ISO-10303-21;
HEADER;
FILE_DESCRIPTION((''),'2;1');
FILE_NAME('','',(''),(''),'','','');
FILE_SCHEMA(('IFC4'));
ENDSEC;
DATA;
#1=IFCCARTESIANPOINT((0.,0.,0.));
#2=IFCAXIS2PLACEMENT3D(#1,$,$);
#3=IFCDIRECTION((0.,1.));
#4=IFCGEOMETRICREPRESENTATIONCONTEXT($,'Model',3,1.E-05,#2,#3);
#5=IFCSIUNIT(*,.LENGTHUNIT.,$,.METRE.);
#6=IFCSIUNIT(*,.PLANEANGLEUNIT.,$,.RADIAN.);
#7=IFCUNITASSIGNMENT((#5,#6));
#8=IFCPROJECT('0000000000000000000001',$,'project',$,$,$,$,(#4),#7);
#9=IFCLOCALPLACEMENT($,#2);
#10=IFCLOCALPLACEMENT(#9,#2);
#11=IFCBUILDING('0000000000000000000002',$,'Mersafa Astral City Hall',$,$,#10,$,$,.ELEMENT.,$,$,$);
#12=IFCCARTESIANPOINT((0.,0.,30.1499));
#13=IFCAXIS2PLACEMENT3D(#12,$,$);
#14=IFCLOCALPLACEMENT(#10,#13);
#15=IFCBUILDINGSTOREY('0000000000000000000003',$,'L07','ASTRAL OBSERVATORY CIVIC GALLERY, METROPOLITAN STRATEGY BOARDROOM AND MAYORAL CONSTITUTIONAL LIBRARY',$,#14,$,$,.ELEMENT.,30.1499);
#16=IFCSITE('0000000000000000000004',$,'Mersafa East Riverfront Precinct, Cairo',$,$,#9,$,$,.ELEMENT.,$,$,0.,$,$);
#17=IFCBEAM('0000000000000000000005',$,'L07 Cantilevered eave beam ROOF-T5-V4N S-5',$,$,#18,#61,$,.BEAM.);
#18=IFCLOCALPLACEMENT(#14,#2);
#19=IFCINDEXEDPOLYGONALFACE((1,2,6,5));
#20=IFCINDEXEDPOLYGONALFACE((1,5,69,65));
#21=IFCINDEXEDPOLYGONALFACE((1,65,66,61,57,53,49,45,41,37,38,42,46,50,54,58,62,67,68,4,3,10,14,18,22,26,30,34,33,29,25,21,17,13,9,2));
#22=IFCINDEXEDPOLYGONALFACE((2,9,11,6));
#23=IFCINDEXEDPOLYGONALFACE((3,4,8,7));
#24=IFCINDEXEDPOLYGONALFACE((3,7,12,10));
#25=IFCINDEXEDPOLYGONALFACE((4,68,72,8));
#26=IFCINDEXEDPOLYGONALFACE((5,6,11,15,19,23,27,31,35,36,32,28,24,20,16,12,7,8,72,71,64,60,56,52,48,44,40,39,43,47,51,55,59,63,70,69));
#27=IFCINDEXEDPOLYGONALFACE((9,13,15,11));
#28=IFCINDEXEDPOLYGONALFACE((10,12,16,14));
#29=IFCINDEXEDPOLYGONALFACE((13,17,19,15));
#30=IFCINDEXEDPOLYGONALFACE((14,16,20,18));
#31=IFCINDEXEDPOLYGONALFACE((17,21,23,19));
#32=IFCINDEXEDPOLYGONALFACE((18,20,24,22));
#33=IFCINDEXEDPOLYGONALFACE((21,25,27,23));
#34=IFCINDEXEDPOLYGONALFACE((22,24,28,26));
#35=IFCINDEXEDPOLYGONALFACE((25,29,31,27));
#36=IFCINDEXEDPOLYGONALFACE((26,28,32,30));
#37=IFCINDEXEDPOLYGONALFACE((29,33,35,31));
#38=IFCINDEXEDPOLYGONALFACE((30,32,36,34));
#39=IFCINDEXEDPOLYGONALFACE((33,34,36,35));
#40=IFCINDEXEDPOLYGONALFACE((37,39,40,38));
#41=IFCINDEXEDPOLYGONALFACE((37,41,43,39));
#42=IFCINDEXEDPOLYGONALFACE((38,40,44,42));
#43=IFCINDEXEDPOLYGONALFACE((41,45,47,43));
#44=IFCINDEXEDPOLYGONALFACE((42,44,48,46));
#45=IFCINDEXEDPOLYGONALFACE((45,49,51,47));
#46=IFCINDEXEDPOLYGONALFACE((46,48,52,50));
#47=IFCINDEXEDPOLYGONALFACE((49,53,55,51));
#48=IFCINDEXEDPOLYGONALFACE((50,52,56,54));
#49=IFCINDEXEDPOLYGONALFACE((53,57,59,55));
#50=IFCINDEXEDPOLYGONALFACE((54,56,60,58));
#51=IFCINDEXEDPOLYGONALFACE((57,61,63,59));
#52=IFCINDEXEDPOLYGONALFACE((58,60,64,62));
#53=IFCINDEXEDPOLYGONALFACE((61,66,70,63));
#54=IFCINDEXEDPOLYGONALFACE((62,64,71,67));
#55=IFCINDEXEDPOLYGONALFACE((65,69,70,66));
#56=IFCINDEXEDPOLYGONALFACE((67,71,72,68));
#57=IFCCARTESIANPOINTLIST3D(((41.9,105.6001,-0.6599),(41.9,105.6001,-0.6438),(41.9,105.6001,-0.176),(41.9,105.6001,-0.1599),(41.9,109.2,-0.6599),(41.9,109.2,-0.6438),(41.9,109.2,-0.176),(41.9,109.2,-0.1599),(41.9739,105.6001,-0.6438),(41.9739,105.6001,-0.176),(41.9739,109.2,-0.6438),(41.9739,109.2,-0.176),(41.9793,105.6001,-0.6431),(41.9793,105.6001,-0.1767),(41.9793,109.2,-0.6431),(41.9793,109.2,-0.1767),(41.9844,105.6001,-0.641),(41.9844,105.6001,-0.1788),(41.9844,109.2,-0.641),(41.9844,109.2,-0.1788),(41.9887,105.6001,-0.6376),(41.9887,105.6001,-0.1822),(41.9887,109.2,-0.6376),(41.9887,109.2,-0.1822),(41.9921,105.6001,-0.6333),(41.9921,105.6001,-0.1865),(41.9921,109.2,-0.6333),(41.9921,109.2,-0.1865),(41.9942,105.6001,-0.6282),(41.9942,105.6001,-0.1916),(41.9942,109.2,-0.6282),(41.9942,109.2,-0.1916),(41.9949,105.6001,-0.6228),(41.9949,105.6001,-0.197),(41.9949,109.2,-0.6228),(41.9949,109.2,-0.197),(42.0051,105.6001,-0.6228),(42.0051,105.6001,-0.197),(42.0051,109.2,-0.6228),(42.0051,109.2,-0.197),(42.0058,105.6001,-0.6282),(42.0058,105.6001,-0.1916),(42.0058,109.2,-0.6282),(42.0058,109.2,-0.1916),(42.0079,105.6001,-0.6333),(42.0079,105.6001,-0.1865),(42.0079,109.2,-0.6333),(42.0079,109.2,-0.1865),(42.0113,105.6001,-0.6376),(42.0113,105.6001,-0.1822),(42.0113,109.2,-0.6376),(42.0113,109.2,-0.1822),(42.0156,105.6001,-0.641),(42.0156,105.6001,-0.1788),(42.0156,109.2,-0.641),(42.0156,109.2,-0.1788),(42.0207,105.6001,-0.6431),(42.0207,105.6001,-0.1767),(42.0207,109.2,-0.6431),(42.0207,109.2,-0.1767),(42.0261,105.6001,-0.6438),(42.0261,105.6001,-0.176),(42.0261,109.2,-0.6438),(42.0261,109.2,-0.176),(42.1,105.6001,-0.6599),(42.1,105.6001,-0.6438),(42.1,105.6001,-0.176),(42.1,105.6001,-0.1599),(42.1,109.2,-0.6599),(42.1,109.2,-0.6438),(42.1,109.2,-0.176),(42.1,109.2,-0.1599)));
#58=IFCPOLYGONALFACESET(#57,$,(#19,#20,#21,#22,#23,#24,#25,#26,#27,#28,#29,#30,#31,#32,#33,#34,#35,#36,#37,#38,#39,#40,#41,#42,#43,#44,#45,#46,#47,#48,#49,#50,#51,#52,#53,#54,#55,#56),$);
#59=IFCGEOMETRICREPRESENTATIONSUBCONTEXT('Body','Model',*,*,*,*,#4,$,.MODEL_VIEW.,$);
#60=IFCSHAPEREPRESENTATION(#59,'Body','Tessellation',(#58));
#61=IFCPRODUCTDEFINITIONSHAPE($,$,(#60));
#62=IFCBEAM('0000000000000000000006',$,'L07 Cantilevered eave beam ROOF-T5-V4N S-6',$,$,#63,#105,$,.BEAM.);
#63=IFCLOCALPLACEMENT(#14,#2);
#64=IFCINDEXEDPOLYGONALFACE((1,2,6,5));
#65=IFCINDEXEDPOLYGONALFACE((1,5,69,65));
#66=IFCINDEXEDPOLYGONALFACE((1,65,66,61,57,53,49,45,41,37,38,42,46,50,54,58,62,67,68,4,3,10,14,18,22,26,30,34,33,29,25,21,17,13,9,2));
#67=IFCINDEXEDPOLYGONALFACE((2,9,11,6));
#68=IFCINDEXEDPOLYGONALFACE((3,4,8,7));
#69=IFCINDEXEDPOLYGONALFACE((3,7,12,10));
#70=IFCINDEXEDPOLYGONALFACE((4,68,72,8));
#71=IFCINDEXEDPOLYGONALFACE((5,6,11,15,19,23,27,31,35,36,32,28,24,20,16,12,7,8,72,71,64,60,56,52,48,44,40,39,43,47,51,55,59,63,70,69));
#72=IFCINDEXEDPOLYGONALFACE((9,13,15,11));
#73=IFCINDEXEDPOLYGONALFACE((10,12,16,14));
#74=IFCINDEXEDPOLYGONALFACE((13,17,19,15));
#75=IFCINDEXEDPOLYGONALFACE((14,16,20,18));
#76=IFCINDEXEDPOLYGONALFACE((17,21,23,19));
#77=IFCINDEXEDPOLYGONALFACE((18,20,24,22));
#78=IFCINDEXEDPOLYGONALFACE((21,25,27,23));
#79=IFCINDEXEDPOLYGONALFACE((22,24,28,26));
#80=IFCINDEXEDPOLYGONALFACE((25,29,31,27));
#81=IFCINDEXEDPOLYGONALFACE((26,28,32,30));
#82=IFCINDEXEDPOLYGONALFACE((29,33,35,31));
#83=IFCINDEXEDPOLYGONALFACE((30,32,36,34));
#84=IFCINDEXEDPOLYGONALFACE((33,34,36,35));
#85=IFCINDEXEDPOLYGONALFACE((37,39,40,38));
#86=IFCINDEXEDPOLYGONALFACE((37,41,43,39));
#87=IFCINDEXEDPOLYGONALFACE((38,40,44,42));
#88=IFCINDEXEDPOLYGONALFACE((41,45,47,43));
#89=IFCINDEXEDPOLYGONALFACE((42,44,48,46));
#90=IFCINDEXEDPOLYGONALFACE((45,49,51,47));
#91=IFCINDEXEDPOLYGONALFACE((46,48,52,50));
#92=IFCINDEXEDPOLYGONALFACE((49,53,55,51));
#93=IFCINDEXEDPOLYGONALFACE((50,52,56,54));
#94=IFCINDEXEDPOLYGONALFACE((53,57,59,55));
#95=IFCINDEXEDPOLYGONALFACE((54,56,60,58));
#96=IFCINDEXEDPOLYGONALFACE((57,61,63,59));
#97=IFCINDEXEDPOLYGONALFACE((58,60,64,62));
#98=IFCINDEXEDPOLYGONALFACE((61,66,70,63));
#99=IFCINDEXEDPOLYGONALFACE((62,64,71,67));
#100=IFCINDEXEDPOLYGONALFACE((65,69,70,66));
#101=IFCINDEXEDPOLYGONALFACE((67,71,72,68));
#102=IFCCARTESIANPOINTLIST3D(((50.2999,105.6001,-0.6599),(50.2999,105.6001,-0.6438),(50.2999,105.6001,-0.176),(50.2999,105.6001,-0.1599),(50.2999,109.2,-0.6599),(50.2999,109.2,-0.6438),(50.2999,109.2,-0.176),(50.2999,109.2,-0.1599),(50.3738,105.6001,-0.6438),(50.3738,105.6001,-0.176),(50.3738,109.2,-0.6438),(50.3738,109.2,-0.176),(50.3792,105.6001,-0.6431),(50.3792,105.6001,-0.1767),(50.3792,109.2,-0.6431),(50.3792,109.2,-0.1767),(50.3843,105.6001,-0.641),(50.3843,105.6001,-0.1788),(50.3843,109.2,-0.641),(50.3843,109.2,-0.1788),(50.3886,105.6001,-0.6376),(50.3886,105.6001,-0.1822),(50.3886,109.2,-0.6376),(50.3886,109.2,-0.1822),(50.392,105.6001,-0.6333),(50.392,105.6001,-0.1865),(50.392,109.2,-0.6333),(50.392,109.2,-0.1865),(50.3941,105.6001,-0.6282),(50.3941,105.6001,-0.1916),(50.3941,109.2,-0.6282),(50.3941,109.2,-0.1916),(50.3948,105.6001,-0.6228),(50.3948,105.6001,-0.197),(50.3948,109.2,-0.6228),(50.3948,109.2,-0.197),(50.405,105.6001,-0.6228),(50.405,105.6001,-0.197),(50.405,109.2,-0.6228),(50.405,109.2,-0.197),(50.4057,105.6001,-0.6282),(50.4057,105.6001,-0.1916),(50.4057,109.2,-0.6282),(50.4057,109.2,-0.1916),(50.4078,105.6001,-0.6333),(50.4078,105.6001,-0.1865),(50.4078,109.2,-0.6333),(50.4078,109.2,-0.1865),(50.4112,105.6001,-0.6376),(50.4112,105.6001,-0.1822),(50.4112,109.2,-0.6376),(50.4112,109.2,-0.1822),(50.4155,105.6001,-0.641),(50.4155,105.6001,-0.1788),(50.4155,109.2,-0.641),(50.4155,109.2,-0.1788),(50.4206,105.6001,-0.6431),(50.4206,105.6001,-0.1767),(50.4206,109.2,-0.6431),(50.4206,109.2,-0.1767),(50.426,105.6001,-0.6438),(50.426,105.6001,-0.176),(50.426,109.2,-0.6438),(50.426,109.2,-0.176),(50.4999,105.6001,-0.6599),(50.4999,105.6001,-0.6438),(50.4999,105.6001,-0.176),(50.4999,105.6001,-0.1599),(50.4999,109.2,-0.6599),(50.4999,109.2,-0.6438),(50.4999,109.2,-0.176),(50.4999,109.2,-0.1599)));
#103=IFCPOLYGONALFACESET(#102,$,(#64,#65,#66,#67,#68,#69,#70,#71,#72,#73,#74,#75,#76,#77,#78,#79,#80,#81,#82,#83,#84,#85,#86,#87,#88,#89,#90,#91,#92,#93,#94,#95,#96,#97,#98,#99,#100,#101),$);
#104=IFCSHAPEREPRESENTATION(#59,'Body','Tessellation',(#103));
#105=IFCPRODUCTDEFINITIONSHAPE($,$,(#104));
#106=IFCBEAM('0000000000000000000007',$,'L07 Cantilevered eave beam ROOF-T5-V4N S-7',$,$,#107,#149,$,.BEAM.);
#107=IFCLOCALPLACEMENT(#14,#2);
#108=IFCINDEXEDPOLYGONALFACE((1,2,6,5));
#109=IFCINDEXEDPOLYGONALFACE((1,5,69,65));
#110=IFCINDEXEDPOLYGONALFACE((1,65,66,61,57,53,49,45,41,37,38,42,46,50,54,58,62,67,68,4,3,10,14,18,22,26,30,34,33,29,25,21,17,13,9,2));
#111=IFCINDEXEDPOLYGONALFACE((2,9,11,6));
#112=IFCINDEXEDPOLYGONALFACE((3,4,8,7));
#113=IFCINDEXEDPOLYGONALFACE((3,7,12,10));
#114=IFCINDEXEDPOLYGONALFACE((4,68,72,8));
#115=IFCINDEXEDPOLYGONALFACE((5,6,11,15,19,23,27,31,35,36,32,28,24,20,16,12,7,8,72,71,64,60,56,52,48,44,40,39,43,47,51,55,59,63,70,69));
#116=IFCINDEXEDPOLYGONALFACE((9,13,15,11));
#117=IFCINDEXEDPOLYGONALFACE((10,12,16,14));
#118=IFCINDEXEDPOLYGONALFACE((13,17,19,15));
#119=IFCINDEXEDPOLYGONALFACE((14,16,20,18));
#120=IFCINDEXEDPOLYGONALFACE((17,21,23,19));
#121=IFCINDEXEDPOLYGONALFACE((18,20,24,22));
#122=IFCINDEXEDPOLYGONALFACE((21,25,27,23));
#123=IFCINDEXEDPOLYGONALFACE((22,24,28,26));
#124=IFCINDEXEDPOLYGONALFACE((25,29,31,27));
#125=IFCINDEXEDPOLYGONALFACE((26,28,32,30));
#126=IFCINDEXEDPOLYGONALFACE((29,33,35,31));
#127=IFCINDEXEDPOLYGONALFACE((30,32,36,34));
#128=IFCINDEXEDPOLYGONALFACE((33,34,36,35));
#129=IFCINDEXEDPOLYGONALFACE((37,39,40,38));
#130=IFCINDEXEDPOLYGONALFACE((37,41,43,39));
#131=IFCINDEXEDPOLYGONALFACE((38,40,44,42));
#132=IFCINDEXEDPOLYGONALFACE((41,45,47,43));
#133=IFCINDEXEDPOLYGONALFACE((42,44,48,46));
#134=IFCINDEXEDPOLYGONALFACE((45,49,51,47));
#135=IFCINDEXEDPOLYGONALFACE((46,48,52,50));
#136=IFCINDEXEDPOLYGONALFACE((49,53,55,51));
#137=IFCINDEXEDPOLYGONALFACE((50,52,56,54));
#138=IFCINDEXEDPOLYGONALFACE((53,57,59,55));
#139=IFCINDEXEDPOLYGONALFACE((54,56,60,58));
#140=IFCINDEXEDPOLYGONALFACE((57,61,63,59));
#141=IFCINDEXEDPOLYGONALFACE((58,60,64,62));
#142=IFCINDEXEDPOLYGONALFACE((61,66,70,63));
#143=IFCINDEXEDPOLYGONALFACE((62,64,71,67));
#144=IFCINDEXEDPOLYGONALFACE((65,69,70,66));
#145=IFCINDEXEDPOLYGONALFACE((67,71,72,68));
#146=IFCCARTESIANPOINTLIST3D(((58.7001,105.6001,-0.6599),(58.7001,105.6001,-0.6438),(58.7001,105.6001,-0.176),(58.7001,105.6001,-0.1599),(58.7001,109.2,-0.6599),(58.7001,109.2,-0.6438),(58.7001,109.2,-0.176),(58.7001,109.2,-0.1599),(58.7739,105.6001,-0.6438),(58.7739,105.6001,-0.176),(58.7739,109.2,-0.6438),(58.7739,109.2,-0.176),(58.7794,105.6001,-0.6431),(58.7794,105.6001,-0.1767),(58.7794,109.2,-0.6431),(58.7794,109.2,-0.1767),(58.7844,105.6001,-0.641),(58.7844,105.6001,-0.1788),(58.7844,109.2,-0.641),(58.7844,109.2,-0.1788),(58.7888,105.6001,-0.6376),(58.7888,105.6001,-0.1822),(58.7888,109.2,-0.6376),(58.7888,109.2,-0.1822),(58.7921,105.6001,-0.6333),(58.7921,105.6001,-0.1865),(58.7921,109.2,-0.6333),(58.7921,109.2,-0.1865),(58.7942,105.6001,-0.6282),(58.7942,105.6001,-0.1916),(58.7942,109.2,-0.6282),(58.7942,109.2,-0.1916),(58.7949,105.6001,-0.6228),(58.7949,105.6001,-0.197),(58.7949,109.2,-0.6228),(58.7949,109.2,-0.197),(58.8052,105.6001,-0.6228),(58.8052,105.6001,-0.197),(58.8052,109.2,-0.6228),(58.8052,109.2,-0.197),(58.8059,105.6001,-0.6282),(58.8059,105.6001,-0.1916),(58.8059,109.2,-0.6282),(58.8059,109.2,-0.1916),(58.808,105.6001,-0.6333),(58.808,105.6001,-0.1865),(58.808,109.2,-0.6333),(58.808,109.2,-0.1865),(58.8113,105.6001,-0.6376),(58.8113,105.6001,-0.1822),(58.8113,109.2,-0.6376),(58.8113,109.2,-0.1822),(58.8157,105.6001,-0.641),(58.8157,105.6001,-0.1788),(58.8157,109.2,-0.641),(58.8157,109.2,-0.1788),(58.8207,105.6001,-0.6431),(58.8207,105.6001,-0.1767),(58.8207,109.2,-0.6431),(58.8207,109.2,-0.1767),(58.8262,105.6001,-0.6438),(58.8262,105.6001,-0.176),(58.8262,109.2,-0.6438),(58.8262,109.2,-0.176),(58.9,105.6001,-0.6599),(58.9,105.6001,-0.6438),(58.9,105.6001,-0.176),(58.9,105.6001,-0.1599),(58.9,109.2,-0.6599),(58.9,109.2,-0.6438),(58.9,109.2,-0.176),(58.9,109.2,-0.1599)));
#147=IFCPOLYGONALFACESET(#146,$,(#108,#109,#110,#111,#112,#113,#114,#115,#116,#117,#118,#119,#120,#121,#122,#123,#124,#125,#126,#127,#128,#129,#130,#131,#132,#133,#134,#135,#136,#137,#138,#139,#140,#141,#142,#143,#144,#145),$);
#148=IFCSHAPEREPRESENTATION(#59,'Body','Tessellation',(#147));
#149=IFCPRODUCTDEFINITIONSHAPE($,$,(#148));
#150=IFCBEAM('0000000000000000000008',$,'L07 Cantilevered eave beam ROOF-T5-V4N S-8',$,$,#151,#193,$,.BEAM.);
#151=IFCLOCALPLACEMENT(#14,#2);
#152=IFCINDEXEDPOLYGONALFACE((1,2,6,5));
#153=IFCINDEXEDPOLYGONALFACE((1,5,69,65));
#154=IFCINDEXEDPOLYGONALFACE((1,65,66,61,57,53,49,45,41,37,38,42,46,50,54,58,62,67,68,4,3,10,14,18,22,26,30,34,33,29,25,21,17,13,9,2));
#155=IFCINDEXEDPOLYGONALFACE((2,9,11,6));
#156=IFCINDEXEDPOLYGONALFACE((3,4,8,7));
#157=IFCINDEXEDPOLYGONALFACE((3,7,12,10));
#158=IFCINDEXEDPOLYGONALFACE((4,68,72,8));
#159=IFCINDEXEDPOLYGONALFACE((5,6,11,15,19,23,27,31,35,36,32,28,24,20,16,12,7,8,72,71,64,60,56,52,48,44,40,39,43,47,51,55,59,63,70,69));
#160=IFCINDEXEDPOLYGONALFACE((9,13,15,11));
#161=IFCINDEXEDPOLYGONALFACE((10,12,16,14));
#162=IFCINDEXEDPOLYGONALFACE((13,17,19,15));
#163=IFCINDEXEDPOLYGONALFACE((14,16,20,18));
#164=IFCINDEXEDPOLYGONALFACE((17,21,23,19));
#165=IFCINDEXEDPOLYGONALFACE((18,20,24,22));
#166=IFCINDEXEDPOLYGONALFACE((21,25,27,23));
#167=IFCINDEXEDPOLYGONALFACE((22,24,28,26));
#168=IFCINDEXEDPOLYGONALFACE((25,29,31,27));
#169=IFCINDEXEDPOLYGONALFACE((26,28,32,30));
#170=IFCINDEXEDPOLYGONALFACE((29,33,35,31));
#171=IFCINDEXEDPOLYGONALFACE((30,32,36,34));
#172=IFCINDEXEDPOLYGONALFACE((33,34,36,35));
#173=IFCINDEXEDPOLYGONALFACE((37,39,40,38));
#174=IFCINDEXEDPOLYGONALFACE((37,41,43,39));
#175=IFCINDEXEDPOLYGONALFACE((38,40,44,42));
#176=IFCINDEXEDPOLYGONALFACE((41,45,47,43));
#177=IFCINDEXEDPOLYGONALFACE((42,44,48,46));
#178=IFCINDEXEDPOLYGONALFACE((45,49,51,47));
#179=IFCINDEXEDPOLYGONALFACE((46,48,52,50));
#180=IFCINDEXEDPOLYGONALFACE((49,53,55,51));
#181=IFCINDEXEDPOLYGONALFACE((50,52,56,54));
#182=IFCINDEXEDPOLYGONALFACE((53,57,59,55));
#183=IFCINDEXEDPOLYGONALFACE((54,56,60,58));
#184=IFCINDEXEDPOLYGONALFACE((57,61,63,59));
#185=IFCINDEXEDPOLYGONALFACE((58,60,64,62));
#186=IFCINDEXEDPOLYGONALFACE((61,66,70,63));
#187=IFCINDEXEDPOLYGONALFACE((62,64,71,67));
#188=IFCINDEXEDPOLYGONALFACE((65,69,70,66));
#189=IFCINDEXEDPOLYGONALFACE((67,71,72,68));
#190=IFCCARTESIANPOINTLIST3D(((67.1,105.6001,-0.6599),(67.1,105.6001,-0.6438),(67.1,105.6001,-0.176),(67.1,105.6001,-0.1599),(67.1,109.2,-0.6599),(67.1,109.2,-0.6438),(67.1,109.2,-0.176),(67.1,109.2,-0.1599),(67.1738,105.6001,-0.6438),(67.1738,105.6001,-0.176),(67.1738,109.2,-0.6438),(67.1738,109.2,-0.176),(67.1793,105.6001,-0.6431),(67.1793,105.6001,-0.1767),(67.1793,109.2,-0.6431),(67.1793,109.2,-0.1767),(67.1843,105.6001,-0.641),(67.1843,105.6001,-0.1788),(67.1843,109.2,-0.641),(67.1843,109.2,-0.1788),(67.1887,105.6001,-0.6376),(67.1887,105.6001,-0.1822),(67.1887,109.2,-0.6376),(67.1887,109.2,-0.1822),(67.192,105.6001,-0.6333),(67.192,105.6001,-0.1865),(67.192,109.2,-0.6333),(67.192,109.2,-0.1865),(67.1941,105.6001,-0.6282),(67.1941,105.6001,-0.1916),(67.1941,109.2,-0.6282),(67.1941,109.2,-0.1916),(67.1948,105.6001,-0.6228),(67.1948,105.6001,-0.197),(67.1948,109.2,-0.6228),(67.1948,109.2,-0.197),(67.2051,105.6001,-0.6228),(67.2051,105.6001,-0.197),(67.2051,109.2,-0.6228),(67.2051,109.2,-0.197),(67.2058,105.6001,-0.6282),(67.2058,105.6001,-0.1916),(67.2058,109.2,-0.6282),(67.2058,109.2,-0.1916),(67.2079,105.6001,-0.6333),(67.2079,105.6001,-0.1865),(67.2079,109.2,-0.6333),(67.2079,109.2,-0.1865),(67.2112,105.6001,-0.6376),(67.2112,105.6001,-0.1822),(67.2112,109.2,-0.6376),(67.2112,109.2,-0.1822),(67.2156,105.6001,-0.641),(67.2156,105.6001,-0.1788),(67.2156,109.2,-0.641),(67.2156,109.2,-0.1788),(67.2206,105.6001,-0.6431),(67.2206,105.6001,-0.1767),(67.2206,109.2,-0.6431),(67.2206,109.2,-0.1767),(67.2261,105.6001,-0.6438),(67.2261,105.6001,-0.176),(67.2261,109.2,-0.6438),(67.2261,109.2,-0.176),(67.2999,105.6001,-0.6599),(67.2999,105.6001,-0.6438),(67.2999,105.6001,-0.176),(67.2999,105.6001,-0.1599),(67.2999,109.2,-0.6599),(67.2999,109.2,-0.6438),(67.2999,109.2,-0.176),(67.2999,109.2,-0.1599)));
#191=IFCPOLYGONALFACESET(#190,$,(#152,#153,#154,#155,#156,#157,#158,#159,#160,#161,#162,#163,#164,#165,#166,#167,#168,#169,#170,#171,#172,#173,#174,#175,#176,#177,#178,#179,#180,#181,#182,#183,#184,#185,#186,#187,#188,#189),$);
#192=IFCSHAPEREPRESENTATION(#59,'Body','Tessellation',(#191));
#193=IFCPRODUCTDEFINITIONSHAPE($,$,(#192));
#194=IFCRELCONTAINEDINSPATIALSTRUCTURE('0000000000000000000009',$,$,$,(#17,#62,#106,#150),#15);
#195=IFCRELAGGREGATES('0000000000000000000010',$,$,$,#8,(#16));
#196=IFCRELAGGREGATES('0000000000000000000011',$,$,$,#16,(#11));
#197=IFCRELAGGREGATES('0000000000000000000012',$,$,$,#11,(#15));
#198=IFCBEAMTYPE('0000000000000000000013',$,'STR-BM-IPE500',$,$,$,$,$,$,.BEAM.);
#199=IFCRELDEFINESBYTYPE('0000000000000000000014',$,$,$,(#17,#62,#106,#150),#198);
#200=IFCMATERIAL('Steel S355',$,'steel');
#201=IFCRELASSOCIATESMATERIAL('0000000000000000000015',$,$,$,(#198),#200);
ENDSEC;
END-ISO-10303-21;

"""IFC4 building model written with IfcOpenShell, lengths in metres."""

from ifc_helpers import new_model, si_unit, direction, frame, origin, origin_2d, place, context, subcontext, project, spatial, i_section, extrude, material, material_profile, profile_set, type_object, element, save


model = new_model("IFC4")

# Units and contexts
model_context = context("Model", 3, precision=1e-05, world=origin(), true_north=direction((0.0, 1.0)))
body_context = subcontext(model_context, "Body", "Model", "MODEL_VIEW")
ifc_project = project(units=[si_unit("LENGTHUNIT", "METRE"), si_unit("PLANEANGLEUNIT", "RADIAN")], contexts=[model_context])

# Site, building, storey
site_placement = place(None, origin())
site = spatial("IfcSite", under=ifc_project, at=site_placement, Name="Mersafa East Riverfront Precinct, Cairo", CompositionType="ELEMENT", RefElevation=0.0)
building_placement = place(site_placement, origin())
building = spatial("IfcBuilding", under=site, at=building_placement, Name="Mersafa Astral City Hall", CompositionType="ELEMENT")
storey_placement = place(building_placement, frame((0.0, 0.0, 30.1499)))
storey = spatial("IfcBuildingStorey", under=building, at=storey_placement, Name="L07", Description="ASTRAL OBSERVATORY CIVIC GALLERY, METROPOLITAN STRATEGY BOARDROOM AND MAYORAL CONSTITUTIONAL LIBRARY", CompositionType="ELEMENT", Elevation=30.1499)

# Beams
ifc_material_1 = material(Name="Steel S355", Category="steel")
ifc_material_profile_1 = material_profile(ifc_material_1, i_section(OverallWidth=0.2, OverallDepth=0.5, WebThickness=0.0103, FlangeThickness=0.0161, FilletRadius=0.021, at=origin_2d()), Name="IPE 500")
ifc_profile_set_1 = profile_set([ifc_material_profile_1], Name="Steel S355")
beam_type_1 = type_object("IfcBeamType", Name="STR-BM-IPE500", PredefinedType="BEAM", material=ifc_profile_set_1)
for number, where, z_axis, x_axis, name in (
    (1, (42.0, 109.2, -0.4099), (0.0, -1.0, 0.0), (1.0, 0.0, 0.0), "L07 Cantilevered eave beam ROOF-T5-V4N S-5"),
    (2, (50.3999, 109.2, -0.4099), (0.0, -1.0, 0.0), (1.0, 0.0, 0.0), "L07 Cantilevered eave beam ROOF-T5-V4N S-6"),
    (3, (58.8, 109.2, -0.4099), (0.0, -1.0, 0.0), (1.0, 0.0, 0.0), "L07 Cantilevered eave beam ROOF-T5-V4N S-7"),
    (4, (67.2, 109.2, -0.4099), (0.0, -1.0, 0.0), (1.0, 0.0, 0.0), "L07 Cantilevered eave beam ROOF-T5-V4N S-8"),
):
    element("IfcBeam", number, at=place(storey_placement, frame(where, z_axis=z_axis, x_axis=x_axis)), inside=storey, type_object=beam_type_1, Name=name, PredefinedType="BEAM", context=body_context, shape_type="SweptSolid", body=[
        extrude(i_section(OverallWidth=0.2, OverallDepth=0.5, WebThickness=0.0103, FlangeThickness=0.0161, FilletRadius=0.021, at=origin_2d()), origin(), (0.0, 0.0, 1.0), 3.5999),
    ])

save(model, "model.ifc")
